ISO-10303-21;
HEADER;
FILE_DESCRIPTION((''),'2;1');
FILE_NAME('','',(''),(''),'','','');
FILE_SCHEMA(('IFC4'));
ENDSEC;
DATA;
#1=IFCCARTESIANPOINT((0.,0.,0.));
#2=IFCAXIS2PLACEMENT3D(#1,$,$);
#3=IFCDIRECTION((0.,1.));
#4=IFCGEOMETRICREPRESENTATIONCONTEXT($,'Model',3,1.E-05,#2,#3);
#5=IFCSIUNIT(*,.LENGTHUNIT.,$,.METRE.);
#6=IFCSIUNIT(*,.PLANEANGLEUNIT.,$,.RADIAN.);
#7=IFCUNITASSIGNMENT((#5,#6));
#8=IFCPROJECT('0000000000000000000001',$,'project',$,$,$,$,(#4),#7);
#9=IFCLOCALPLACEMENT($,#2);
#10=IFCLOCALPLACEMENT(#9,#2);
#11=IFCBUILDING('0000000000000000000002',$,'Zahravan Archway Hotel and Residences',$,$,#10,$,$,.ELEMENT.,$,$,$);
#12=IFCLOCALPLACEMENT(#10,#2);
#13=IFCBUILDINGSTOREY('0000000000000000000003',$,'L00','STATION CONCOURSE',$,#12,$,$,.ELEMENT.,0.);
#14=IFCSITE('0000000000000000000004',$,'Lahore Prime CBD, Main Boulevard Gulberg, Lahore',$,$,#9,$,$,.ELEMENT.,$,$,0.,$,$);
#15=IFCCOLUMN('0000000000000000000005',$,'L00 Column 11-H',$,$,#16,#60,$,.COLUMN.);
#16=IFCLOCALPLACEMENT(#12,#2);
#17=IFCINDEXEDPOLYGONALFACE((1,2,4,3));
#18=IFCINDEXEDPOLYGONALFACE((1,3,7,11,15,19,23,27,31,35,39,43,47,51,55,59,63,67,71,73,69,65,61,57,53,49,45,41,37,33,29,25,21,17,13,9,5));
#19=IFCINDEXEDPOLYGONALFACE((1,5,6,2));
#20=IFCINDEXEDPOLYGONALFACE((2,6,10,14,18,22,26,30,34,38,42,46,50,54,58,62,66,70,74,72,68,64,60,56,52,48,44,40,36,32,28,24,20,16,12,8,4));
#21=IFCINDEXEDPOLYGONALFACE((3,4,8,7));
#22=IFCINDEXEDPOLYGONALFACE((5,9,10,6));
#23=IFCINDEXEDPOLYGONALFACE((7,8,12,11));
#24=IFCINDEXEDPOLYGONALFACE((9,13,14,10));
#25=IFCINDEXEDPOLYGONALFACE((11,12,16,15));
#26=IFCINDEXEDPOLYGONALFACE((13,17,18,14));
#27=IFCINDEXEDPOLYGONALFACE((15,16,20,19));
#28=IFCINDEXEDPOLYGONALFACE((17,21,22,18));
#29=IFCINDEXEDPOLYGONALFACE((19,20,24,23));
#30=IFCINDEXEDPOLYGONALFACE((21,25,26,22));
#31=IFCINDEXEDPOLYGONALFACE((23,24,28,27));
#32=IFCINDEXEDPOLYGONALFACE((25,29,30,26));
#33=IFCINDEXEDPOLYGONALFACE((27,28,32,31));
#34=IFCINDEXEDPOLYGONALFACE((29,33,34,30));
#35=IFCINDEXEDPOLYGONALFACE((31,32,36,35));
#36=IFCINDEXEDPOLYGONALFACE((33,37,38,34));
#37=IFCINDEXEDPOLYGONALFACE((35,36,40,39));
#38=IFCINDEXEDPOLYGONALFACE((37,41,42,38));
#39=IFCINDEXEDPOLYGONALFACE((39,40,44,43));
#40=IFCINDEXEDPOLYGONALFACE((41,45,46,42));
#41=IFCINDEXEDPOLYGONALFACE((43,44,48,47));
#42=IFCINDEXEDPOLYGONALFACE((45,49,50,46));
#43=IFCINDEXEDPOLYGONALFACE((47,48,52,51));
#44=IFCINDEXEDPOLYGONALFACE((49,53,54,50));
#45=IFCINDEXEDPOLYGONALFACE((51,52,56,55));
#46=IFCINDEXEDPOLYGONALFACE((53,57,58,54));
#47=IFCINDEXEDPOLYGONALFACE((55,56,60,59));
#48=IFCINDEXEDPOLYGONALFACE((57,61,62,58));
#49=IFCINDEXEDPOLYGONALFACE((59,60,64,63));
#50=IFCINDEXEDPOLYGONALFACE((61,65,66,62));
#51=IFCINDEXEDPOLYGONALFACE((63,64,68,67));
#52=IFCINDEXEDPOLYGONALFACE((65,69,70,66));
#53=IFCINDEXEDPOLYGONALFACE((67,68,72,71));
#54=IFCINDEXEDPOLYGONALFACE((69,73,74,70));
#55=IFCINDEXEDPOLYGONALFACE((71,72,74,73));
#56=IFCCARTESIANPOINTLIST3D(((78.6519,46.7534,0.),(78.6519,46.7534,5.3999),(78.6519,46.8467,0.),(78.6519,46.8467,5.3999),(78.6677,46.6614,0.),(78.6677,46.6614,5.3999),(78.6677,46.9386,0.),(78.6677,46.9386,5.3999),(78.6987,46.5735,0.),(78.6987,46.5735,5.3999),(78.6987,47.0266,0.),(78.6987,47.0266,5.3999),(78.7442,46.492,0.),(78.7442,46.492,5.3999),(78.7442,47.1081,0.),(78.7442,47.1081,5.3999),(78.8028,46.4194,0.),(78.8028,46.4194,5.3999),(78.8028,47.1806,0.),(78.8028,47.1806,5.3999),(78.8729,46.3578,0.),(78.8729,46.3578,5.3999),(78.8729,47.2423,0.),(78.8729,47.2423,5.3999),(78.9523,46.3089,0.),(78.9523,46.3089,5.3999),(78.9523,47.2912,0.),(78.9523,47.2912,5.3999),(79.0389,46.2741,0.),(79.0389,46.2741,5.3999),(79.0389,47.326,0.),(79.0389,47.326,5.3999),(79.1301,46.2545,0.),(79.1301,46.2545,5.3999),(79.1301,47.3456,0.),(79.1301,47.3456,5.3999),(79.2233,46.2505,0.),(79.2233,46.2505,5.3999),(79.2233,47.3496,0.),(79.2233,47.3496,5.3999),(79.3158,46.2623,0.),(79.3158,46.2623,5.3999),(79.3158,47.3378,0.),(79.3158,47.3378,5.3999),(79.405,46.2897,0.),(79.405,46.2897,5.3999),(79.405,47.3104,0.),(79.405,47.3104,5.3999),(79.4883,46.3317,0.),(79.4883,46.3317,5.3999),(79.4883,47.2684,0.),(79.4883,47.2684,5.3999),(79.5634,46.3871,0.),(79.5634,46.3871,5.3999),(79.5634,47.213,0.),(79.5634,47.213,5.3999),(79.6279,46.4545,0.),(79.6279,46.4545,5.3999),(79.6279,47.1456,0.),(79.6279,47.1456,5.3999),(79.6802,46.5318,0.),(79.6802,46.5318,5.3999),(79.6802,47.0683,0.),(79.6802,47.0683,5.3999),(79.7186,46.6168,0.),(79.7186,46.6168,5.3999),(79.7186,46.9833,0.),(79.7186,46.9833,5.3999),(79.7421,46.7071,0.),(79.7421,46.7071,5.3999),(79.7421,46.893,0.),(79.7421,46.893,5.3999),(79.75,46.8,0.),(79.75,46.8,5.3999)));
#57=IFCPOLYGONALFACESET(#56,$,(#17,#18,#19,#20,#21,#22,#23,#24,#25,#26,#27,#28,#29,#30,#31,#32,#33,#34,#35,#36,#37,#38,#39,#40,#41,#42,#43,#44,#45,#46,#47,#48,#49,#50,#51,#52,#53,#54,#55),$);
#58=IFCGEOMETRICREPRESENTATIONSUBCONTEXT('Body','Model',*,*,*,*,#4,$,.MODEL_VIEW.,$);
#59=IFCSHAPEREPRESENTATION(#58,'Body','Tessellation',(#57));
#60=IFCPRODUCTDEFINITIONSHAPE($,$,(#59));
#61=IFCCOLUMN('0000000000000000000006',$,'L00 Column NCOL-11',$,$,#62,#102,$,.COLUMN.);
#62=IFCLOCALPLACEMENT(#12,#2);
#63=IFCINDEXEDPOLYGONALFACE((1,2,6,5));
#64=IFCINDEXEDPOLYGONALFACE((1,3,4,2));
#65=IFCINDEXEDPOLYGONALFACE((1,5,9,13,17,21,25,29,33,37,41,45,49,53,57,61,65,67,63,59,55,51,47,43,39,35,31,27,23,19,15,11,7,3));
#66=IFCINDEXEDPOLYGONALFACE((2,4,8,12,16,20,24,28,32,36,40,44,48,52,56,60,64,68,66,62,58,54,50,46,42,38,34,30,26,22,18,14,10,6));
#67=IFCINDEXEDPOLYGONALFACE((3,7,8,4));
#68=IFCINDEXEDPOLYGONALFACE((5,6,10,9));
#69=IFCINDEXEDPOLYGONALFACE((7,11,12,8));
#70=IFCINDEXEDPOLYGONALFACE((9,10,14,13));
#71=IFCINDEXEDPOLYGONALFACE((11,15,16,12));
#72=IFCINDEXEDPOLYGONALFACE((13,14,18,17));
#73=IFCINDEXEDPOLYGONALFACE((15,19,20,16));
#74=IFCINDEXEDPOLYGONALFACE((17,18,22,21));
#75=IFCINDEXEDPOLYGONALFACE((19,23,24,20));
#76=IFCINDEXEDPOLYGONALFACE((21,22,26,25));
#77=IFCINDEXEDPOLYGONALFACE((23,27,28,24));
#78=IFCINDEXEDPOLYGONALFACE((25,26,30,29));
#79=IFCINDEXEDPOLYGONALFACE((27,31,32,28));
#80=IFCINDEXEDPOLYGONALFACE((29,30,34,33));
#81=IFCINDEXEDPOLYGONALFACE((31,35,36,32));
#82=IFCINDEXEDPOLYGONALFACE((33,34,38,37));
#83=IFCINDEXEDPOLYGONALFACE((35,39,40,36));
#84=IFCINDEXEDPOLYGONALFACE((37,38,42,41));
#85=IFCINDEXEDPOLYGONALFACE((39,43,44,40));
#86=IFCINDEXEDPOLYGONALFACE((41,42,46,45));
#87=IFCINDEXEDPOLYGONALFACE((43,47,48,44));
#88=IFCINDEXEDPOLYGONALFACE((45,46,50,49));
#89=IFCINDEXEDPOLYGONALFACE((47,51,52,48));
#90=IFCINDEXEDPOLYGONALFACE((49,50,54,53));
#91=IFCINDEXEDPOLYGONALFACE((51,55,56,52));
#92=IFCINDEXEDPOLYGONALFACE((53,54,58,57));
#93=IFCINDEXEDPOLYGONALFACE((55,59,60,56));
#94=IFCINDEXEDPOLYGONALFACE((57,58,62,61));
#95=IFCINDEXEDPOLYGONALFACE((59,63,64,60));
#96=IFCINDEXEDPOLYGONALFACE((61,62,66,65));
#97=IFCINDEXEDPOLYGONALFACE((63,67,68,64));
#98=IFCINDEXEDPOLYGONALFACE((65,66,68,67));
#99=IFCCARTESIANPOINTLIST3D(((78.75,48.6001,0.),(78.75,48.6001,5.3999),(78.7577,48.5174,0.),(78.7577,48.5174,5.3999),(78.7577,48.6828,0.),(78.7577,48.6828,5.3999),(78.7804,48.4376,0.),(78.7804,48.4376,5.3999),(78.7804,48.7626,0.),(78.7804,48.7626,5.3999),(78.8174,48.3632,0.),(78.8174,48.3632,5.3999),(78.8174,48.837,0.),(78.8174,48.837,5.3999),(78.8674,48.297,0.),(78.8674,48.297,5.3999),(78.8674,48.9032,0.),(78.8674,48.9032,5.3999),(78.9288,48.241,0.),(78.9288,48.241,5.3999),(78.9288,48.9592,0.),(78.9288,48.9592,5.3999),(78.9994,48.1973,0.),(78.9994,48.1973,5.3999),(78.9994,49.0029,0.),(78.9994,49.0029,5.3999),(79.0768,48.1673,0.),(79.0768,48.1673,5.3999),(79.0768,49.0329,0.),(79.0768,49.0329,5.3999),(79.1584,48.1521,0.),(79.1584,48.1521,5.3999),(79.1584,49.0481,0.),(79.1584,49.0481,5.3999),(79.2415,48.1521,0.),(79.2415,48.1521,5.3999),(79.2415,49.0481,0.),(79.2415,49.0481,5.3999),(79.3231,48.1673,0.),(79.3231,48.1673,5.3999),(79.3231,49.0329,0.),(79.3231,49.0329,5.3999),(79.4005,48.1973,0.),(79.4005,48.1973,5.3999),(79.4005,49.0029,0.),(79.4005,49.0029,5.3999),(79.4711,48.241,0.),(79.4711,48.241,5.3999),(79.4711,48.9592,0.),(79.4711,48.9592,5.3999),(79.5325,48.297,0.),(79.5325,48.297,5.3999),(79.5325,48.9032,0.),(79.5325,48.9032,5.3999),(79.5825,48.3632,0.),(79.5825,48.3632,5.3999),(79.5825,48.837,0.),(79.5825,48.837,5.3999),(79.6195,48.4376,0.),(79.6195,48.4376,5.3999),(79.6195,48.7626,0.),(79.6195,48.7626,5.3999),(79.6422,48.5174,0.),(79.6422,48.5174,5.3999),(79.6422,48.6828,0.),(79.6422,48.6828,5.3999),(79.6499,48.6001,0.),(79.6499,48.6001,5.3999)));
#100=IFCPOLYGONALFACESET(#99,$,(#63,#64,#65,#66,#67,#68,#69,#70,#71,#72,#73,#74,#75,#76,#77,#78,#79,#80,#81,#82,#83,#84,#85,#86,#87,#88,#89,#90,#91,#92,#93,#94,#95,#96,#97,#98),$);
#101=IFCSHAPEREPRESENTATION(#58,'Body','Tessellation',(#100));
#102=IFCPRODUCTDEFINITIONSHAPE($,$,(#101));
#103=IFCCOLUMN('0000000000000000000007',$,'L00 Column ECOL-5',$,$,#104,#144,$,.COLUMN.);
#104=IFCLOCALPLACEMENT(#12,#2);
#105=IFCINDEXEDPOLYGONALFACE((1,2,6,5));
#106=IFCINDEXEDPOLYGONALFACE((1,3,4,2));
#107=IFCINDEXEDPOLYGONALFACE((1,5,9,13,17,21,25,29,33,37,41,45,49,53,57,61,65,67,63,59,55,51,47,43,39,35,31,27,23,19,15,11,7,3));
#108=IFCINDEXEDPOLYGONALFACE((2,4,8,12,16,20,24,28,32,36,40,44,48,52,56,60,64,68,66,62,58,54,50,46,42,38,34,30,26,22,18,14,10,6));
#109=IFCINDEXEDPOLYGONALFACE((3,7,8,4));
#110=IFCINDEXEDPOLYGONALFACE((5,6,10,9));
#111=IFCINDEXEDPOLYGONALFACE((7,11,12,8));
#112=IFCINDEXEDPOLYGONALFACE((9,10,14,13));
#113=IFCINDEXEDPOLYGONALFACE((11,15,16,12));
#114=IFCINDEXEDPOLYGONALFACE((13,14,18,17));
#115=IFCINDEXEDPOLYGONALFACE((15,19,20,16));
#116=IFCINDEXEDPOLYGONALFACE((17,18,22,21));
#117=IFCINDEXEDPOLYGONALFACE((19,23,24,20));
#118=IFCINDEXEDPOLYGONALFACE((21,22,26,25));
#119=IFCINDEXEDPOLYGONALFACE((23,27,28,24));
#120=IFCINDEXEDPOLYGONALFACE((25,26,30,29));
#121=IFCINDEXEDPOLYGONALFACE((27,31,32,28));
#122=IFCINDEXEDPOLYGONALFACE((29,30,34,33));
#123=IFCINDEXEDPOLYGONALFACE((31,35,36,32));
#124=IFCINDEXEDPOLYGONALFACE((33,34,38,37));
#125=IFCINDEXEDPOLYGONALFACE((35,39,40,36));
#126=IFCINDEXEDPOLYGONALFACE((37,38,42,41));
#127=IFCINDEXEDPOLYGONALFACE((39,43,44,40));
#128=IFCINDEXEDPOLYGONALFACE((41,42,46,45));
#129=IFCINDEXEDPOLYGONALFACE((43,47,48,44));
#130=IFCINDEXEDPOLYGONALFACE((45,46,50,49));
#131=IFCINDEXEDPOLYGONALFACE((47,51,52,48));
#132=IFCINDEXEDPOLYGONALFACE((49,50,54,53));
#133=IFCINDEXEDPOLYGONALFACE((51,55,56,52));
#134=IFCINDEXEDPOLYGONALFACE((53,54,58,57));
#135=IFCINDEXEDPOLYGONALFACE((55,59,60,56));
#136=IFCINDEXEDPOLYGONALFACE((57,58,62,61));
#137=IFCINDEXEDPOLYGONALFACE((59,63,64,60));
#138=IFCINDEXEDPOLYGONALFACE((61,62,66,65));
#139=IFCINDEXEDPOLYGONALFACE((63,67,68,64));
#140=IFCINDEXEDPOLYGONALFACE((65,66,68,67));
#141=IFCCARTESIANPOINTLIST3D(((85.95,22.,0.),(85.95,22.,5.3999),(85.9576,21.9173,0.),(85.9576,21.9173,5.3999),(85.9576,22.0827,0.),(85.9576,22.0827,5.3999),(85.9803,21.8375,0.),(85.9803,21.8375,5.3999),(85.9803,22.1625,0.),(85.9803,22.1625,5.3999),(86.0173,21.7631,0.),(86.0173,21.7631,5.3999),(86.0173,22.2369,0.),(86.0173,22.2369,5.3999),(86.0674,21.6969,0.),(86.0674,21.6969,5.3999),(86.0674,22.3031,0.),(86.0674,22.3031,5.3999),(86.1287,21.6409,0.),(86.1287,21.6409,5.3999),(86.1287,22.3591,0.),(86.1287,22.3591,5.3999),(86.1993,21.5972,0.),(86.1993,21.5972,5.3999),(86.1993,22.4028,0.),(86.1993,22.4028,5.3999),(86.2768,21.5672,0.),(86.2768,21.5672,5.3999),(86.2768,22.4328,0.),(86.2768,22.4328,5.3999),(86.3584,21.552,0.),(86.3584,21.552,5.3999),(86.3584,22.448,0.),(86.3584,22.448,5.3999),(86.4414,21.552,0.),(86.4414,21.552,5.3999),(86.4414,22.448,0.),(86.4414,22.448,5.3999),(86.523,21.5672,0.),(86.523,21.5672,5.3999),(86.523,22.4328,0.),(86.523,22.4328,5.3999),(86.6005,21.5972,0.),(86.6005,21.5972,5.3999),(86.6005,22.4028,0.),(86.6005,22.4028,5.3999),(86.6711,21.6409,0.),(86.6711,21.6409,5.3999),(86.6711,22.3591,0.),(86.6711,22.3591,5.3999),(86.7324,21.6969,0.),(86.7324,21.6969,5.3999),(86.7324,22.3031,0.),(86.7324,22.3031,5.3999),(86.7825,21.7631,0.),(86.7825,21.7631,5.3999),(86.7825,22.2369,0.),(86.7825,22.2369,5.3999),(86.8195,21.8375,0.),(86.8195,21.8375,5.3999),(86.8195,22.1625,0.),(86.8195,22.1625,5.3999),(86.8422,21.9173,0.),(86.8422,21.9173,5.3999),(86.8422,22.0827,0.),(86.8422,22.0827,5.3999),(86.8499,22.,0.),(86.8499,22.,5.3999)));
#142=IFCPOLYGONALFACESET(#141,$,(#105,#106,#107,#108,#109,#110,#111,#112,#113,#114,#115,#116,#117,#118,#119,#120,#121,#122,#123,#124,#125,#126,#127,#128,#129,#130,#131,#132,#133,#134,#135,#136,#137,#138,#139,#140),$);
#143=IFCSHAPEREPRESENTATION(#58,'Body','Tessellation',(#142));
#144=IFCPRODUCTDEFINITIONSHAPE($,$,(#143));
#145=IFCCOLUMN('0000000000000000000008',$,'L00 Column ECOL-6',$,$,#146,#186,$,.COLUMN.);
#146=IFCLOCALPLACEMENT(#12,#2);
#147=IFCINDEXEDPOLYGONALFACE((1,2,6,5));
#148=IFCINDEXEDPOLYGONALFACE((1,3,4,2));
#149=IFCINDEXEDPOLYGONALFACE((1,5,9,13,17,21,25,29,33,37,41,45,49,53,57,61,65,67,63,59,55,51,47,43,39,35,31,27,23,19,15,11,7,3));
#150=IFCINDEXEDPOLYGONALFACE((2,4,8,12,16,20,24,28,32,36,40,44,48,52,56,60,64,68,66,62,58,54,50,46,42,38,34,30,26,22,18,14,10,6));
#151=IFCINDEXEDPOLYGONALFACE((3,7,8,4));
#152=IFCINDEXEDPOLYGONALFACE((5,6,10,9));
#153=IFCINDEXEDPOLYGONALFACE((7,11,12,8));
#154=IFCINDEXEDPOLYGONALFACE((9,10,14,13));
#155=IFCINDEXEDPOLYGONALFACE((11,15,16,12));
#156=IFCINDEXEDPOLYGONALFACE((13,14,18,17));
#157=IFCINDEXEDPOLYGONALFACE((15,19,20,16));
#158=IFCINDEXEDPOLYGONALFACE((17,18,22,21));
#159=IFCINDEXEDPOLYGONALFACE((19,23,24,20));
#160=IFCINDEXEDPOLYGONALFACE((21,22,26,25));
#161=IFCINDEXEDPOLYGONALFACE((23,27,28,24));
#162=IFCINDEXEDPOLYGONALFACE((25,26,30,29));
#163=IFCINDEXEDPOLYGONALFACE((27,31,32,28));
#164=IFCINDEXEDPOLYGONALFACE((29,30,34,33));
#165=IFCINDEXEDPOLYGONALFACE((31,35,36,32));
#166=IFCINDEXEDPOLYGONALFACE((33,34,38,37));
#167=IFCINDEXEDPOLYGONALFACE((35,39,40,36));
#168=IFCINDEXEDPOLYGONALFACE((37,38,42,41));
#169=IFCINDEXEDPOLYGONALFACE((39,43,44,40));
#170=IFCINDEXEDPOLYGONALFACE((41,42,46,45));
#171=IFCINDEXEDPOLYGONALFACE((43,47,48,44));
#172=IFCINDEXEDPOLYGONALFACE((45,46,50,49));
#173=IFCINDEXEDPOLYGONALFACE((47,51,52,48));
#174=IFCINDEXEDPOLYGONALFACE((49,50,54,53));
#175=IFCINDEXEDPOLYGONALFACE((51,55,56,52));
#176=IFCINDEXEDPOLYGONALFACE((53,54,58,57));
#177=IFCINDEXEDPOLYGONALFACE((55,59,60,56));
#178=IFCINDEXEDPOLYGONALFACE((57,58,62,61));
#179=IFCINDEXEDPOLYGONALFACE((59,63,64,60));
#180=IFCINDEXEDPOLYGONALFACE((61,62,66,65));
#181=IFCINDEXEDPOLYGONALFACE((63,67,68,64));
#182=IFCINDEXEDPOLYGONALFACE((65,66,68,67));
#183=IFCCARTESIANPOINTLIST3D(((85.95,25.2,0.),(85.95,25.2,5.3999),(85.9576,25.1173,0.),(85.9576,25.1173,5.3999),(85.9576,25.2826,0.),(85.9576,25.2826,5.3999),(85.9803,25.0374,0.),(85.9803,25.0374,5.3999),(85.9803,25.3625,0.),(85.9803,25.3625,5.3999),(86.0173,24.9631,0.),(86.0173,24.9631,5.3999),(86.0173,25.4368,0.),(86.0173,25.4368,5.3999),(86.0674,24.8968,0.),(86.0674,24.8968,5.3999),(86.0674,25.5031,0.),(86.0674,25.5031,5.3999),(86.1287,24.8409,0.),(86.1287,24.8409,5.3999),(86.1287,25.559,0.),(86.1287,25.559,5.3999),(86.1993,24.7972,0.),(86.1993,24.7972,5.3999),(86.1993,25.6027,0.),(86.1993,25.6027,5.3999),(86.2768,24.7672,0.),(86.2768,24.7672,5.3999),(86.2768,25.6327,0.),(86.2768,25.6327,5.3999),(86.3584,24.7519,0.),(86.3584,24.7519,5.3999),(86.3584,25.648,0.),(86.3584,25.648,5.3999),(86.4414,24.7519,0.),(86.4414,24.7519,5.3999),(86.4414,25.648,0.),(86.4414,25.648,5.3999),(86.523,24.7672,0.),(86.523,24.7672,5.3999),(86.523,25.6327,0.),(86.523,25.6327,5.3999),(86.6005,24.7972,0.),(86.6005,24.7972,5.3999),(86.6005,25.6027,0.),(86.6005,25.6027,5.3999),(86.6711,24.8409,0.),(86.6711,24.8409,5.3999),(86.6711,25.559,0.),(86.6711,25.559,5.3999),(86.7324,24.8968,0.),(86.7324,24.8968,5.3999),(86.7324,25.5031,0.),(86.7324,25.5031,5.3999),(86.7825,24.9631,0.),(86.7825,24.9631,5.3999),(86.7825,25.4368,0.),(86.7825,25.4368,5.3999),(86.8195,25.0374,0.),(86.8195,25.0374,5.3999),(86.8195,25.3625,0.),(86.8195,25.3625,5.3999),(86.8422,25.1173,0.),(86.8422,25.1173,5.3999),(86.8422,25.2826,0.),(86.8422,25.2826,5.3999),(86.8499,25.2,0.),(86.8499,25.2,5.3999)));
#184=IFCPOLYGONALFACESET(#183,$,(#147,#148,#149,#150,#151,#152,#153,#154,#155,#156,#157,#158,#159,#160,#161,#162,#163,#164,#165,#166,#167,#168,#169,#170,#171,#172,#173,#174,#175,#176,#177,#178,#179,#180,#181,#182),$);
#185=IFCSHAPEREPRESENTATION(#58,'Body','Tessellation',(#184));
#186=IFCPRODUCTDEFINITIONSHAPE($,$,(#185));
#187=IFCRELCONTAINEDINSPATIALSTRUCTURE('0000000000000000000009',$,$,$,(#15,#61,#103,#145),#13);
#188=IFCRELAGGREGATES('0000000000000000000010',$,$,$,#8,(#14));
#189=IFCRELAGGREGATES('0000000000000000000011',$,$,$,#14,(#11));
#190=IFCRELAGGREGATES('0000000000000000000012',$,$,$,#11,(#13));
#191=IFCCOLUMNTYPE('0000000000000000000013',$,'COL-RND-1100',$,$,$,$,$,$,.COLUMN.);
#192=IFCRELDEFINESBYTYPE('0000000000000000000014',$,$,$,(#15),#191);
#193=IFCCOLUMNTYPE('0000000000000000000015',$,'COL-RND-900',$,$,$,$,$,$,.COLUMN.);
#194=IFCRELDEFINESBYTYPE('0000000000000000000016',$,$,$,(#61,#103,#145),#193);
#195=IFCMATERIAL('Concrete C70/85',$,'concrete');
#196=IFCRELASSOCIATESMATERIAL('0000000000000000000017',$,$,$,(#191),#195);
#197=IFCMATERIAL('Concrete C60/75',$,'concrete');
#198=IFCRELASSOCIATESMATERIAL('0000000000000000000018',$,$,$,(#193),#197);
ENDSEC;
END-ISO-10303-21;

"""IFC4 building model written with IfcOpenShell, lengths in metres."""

from ifc_helpers import new_model, si_unit, direction, frame, origin, origin_2d, place, context, subcontext, project, spatial, circle, extrude, source, transform, mapped, material, material_profile, profile_set, type_object, type_shapes, element, save


model = new_model("IFC4")

# Units and contexts
model_context = context("Model", 3, precision=1e-05, world=origin(), true_north=direction((0.0, 1.0)))
body_context = subcontext(model_context, "Body", "Model", "MODEL_VIEW")
ifc_project = project(units=[si_unit("LENGTHUNIT", "METRE"), si_unit("PLANEANGLEUNIT", "RADIAN")], contexts=[model_context])

# Site, building, storey
site_placement = place(None, origin())
site = spatial("IfcSite", under=ifc_project, at=site_placement, Name="Lahore Prime CBD, Main Boulevard Gulberg, Lahore", CompositionType="ELEMENT", RefElevation=0.0)
building_placement = place(site_placement, origin())
building = spatial("IfcBuilding", under=site, at=building_placement, Name="Zahravan Archway Hotel and Residences", CompositionType="ELEMENT")
storey_placement = place(building_placement, origin())
storey = spatial("IfcBuildingStorey", under=building, at=storey_placement, Name="L00", Description="STATION CONCOURSE", CompositionType="ELEMENT", Elevation=0.0)

# Columns
ifc_material_1 = material(Name="Concrete C70/85", Category="concrete")
ifc_material_profile_1 = material_profile(ifc_material_1, circle(Radius=0.55, at=origin_2d()), Name="RC-CIRC-1100", Category="concrete")
ifc_profile_set_1 = profile_set([ifc_material_profile_1], Name="Concrete C70/85")
column_type_1 = type_object("IfcColumnType", Name="COL-RND-1100", PredefinedType="COLUMN", material=ifc_profile_set_1)
shared_shape_1 = source(origin(), body_context, "Body", "SweptSolid", [
    extrude(circle(Radius=0.55, at=origin_2d()), origin(), (0.0, 0.0, 1.0), 5.3999),
])
type_shapes(column_type_1, [shared_shape_1])
for number, where, z_axis, x_axis, name in (
    (1, (79.2, 46.8, 0.0), (0.0, 0.0, 1.0), (1.0, 0.0, 0.0), "L00 Column 11-H"),
):
    element("IfcColumn", number, at=place(storey_placement, frame(where, z_axis=z_axis, x_axis=x_axis)), inside=storey, type_object=column_type_1, Name=name, PredefinedType="COLUMN", context=body_context, shape_type="MappedRepresentation", body=[
        mapped(shared_shape_1, transform((0.0, 0.0, 0.0), scale=1.0)),
    ])
ifc_material_2 = material(Name="Concrete C60/75", Category="concrete")
ifc_material_profile_2 = material_profile(ifc_material_2, circle(Radius=0.45, at=origin_2d()), Name="RC-CIRC-900", Category="concrete")
ifc_profile_set_2 = profile_set([ifc_material_profile_2], Name="Concrete C60/75")
column_type_2 = type_object("IfcColumnType", Name="COL-RND-900", PredefinedType="COLUMN", material=ifc_profile_set_2)
shared_shape_2 = source(origin(), body_context, "Body", "SweptSolid", [
    extrude(circle(Radius=0.45, at=origin_2d()), origin(), (0.0, 0.0, 1.0), 5.3999),
])
type_shapes(column_type_2, [shared_shape_2])
for number, where, z_axis, x_axis, name in (
    (2, (79.2, 48.6001, 0.0), (0.0, 0.0, 1.0), (1.0, 0.0, 0.0), "L00 Column NCOL-11"),
    (3, (86.3999, 22.0, 0.0), (0.0, 0.0, 1.0), (1.0, 0.0, 0.0), "L00 Column ECOL-5"),
    (4, (86.3999, 25.2, 0.0), (0.0, 0.0, 1.0), (1.0, 0.0, 0.0), "L00 Column ECOL-6"),
):
    element("IfcColumn", number, at=place(storey_placement, frame(where, z_axis=z_axis, x_axis=x_axis)), inside=storey, type_object=column_type_2, Name=name, PredefinedType="COLUMN", context=body_context, shape_type="MappedRepresentation", body=[
        mapped(shared_shape_2, transform((0.0, 0.0, 0.0), scale=1.0)),
    ])

save(model, "model.ifc")
